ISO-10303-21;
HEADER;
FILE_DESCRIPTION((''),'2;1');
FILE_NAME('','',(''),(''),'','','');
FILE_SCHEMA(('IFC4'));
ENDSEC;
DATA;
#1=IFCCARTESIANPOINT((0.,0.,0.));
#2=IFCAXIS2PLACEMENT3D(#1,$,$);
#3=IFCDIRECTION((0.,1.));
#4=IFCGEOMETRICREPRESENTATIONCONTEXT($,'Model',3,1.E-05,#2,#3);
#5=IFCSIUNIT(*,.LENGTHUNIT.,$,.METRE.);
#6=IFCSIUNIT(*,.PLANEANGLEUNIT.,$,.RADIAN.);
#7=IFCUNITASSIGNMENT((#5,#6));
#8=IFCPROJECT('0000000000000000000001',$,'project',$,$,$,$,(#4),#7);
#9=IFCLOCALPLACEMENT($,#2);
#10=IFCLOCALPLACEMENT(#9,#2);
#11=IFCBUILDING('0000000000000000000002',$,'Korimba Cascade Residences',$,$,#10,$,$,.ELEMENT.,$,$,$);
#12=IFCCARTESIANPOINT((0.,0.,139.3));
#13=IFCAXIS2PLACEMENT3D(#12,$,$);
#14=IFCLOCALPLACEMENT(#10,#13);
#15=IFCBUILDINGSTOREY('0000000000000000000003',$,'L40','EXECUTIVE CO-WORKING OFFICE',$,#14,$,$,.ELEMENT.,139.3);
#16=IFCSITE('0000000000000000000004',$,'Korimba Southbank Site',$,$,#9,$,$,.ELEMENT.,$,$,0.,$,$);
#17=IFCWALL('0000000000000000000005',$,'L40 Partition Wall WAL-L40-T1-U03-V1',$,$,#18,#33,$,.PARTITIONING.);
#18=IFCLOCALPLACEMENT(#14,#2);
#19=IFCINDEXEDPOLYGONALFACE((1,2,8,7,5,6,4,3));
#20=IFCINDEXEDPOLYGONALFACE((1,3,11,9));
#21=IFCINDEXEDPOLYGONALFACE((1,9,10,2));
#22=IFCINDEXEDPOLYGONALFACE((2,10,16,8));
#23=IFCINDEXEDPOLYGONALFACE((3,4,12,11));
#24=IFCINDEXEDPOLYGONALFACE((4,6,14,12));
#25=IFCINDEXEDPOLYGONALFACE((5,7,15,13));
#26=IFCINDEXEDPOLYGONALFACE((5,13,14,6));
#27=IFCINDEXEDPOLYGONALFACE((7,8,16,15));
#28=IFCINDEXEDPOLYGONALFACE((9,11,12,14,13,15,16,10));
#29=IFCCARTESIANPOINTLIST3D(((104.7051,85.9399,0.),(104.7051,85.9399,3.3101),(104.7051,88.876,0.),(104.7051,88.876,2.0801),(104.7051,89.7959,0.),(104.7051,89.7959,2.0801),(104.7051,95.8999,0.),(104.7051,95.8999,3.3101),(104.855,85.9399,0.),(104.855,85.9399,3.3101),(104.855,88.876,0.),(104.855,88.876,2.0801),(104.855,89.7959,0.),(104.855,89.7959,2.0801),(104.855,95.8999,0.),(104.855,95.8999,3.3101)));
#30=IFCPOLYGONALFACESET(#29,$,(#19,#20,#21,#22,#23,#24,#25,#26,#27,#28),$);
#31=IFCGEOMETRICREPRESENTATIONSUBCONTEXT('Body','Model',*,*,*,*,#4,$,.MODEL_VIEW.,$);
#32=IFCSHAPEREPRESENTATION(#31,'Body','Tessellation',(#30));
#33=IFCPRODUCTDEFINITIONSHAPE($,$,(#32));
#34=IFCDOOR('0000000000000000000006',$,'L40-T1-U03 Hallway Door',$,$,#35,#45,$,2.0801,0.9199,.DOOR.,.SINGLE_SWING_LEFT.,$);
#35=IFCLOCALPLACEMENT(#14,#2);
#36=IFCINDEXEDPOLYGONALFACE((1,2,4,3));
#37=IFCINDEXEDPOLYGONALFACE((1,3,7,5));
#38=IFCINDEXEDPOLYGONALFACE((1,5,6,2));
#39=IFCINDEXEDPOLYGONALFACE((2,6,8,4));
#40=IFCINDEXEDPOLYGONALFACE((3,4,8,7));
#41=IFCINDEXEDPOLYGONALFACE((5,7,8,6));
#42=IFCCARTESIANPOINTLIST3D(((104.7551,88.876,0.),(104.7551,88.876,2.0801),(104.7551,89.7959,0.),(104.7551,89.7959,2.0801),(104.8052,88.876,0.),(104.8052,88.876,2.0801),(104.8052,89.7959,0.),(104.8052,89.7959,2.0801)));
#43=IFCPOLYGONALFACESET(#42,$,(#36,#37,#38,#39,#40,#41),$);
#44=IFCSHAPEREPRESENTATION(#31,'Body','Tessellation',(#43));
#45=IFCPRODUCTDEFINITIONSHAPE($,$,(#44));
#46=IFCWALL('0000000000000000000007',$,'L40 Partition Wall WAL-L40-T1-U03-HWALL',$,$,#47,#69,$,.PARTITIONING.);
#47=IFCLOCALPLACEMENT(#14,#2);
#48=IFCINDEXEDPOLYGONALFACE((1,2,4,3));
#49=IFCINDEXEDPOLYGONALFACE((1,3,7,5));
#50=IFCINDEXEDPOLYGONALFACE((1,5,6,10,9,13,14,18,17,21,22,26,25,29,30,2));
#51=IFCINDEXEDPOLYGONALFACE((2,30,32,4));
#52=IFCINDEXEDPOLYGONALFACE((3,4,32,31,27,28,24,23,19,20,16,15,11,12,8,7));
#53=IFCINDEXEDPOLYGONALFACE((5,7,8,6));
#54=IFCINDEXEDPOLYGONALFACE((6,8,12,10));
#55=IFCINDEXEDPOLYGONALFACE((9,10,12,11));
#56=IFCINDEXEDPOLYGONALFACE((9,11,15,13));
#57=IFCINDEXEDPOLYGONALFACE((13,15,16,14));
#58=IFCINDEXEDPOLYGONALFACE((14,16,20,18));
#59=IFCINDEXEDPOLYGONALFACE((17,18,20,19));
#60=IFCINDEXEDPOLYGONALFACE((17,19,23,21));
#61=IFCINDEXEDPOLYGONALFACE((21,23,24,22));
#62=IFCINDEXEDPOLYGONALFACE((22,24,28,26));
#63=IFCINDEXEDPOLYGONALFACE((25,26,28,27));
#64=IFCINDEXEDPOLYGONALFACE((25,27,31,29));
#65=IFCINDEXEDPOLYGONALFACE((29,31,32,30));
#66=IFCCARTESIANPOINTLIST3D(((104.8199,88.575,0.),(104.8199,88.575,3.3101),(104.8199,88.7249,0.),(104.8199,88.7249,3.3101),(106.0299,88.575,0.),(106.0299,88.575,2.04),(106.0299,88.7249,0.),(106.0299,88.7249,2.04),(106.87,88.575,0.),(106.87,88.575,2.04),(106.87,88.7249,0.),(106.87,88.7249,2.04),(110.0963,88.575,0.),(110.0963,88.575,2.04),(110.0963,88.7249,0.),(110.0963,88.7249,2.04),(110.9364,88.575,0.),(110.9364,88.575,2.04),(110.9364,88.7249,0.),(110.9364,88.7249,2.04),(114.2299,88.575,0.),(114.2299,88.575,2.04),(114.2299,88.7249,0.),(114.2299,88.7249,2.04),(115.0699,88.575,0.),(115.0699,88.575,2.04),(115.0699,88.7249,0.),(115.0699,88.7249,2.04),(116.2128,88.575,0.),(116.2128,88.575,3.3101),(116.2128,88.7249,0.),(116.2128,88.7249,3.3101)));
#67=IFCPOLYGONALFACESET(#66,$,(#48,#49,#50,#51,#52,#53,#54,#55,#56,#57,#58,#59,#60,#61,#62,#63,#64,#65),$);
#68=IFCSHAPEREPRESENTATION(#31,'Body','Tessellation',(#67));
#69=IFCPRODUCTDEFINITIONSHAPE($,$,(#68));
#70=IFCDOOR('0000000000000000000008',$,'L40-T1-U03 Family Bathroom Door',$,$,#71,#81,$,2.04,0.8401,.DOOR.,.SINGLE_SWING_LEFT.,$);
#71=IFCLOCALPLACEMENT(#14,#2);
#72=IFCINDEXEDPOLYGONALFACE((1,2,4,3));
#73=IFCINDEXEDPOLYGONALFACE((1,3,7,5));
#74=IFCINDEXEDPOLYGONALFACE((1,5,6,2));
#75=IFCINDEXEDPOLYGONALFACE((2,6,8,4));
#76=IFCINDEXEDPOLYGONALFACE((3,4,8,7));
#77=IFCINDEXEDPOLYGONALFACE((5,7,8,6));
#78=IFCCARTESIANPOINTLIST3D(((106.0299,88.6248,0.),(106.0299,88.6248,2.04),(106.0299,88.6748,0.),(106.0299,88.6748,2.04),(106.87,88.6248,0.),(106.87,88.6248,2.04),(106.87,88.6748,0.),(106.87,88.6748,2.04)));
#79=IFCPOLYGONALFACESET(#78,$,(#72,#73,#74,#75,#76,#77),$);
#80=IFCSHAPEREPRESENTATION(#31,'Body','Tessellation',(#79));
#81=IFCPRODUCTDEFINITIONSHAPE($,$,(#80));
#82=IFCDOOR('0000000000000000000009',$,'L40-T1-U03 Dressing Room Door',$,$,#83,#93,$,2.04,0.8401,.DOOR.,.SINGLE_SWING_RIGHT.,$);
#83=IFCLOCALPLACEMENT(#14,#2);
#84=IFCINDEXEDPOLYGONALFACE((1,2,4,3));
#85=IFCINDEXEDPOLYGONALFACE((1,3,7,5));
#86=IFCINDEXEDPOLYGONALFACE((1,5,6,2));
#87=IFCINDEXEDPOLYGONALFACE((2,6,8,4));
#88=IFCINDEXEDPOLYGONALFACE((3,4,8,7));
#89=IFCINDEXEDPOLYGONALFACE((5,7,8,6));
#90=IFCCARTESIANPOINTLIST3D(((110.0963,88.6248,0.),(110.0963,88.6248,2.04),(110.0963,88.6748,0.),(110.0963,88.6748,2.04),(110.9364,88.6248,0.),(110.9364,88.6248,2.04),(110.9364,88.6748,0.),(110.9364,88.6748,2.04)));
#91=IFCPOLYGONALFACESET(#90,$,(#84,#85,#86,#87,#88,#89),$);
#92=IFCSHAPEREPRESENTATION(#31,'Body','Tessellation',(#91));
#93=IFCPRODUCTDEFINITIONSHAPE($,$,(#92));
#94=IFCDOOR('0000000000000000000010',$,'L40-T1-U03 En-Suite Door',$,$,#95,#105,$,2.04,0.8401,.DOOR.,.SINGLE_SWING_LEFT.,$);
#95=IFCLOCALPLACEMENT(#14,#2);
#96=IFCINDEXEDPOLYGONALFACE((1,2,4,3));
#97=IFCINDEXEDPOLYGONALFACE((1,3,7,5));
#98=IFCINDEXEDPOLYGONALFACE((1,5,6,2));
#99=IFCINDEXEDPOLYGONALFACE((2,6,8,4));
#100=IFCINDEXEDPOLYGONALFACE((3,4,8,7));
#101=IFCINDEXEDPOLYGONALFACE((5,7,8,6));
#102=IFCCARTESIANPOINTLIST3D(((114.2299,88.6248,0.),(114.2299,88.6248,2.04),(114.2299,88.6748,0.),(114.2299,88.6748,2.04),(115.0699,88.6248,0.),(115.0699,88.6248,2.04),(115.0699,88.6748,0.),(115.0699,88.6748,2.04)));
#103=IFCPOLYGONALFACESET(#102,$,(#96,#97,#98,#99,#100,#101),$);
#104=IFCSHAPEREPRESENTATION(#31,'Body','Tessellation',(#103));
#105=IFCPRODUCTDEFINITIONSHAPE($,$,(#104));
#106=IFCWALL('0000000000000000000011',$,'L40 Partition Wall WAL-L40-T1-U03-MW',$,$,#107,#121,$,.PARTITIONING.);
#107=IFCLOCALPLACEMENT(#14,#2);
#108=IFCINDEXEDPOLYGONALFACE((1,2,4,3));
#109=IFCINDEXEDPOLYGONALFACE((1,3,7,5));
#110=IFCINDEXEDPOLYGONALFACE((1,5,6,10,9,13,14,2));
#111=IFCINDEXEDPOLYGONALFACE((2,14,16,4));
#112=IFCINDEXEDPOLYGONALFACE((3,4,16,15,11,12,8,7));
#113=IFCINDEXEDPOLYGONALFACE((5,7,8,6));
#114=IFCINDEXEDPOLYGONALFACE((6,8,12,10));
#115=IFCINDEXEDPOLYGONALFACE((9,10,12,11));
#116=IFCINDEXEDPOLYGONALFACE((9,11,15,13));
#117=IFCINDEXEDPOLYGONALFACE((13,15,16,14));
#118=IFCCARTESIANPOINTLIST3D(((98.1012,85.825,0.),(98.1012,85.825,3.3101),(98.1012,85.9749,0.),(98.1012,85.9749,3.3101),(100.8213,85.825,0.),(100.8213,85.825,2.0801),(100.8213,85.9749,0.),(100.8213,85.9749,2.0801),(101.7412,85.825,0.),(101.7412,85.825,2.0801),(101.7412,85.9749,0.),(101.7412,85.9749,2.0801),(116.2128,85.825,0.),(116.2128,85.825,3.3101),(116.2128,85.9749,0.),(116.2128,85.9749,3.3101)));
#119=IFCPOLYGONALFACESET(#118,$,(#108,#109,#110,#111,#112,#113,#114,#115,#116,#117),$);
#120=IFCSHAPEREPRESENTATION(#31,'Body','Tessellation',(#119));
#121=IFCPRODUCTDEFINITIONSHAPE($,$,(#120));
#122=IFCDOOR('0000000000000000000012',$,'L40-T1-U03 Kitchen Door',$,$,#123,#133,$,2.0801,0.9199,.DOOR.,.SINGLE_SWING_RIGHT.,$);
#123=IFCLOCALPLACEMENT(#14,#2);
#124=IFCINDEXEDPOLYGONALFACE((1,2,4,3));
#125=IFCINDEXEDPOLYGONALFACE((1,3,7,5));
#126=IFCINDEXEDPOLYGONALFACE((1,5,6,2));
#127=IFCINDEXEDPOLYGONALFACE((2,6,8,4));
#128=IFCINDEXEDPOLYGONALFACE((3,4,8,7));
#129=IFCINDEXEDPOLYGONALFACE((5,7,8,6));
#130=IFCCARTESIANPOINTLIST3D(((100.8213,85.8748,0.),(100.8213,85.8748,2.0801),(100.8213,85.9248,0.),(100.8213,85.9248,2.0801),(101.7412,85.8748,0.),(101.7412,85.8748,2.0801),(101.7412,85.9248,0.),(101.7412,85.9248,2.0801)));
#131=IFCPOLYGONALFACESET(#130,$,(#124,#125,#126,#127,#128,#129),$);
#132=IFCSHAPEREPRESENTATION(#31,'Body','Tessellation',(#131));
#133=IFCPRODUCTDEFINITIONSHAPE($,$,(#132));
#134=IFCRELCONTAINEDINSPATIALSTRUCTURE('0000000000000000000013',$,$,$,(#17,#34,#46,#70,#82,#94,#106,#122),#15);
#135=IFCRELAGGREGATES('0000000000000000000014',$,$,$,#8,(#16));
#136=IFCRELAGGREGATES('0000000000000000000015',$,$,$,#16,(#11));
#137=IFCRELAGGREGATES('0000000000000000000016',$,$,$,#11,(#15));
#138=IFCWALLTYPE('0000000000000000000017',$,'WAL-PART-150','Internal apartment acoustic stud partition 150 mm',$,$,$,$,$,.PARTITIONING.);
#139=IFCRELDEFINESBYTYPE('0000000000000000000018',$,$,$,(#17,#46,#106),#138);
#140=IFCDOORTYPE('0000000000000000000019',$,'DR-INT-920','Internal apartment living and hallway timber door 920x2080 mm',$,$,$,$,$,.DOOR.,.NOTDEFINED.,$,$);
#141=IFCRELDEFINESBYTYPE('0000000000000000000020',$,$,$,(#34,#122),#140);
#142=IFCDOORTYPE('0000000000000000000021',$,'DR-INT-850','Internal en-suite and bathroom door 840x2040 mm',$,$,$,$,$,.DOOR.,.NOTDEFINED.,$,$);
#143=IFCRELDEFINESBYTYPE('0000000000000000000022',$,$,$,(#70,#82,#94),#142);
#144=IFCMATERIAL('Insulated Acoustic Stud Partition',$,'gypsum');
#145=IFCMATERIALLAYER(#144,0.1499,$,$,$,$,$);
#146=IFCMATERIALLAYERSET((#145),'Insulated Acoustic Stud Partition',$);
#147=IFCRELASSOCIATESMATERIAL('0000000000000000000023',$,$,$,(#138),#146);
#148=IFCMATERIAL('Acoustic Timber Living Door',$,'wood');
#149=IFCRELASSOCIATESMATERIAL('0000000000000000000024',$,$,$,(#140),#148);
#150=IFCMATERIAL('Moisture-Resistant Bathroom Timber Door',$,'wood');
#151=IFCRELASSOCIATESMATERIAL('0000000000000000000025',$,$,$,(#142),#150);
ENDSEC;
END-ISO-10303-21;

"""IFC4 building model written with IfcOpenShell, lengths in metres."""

from ifc_helpers import new_model, si_unit, direction, frame, frame_2d, origin, place, context, subcontext, project, spatial, rectangle, extrude, material, layer, layer_set, type_object, element, fill, save


model = new_model("IFC4")

# Units and contexts
model_context = context("Model", 3, precision=1e-05, world=origin(), true_north=direction((0.0, 1.0)))
body_context = subcontext(model_context, "Body", "Model", "MODEL_VIEW")
ifc_project = project(units=[si_unit("LENGTHUNIT", "METRE"), si_unit("PLANEANGLEUNIT", "RADIAN")], contexts=[model_context])

# Site, building, storey
site_placement = place(None, origin())
site = spatial("IfcSite", under=ifc_project, at=site_placement, Name="Korimba Southbank Site", CompositionType="ELEMENT", RefElevation=0.0)
building_placement = place(site_placement, origin())
building = spatial("IfcBuilding", under=site, at=building_placement, Name="Korimba Cascade Residences", CompositionType="ELEMENT")
storey_placement = place(building_placement, frame((0.0, 0.0, 139.3)))
storey = spatial("IfcBuildingStorey", under=building, at=storey_placement, Name="L40", Description="EXECUTIVE CO-WORKING OFFICE", CompositionType="ELEMENT", Elevation=139.3)

# Shared definitions
ifc_material_1 = material(Name="Insulated Acoustic Stud Partition", Category="gypsum")
ifc_layer = layer(ifc_material_1, 0.1499)
ifc_layer_set = layer_set([ifc_layer], Name="Insulated Acoustic Stud Partition")
wall_type = type_object("IfcWallType", Name="WAL-PART-150", Description="Internal apartment acoustic stud partition 150 mm", PredefinedType="PARTITIONING", material=ifc_layer_set)

# Wall, opening, door
wall_1_placement = place(storey_placement, frame((104.78, 85.9399, 0.0), z_axis=(0.0, 0.0, 1.0), x_axis=(0.0, 1.0, 0.0)))
wall_1 = element("IfcWall", 1, at=wall_1_placement, inside=storey, type_object=wall_type, Name="L40 Partition Wall WAL-L40-T1-U03-V1", PredefinedType="PARTITIONING", context=body_context, shape_type="SweptSolid", body=[
    extrude(rectangle(XDim=9.96, YDim=0.1499, at=frame_2d((4.98, 0.0))), origin(), (0.0, 0.0, 1.0), 3.3101),
])
opening_1_placement = place(wall_1_placement, frame((2.936, 0.0, 0.0)))
opening_1 = element("IfcOpeningElement", 2, at=opening_1_placement, cuts=wall_1, PredefinedType="OPENING", context=body_context, shape_type="SweptSolid", body=[
    extrude(rectangle(XDim=0.9199, YDim=2.0801, at=frame_2d((0.46, 1.04))), frame((0.0, 0.085, 0.0), z_axis=(0.0, -1.0, 0.0), x_axis=(1.0, 0.0, 0.0)), (0.0, 0.0, 1.0), 0.1699),
])
ifc_material_2 = material(Name="Acoustic Timber Living Door", Category="wood")
door_type_1 = type_object("IfcDoorType", Name="DR-INT-920", Description="Internal apartment living and hallway timber door 920x2080 mm", OperationType="NOTDEFINED", PredefinedType="DOOR", material=ifc_material_2)
door_1_placement = place(opening_1_placement, origin())
door_1 = element("IfcDoor", 3, at=door_1_placement, inside=storey, type_object=door_type_1, Name="L40-T1-U03 Hallway Door", OperationType="SINGLE_SWING_LEFT", OverallHeight=2.0801, OverallWidth=0.9199, PredefinedType="DOOR", context=body_context, shape_type="SweptSolid", body=[
    extrude(rectangle(XDim=0.9199, YDim=2.0801, at=frame_2d((0.46, 1.04))), frame((0.0, 0.0249, 0.0), z_axis=(0.0, -1.0, 0.0), x_axis=(1.0, 0.0, 0.0)), (0.0, 0.0, 1.0), 0.05),
])
fill(opening_1, door_1)

# Wall, openings, doors
wall_2_placement = place(storey_placement, frame((104.8201, 88.6499, 0.0), z_axis=(0.0, 0.0, 1.0), x_axis=(1.0, 0.0, 0.0)))
wall_2 = element("IfcWall", 4, at=wall_2_placement, inside=storey, type_object=wall_type, Name="L40 Partition Wall WAL-L40-T1-U03-HWALL", PredefinedType="PARTITIONING", context=body_context, shape_type="SweptSolid", body=[
    extrude(rectangle(XDim=11.3928, YDim=0.1499, at=frame_2d((5.6963, 0.0))), origin(), (0.0, 0.0, 1.0), 3.3101),
])
opening_2_placement = place(wall_2_placement, frame((1.21, 0.0, 0.0)))
opening_2 = element("IfcOpeningElement", 5, at=opening_2_placement, cuts=wall_2, PredefinedType="OPENING", context=body_context, shape_type="SweptSolid", body=[
    extrude(rectangle(XDim=0.8401, YDim=2.04, at=frame_2d((0.4199, 1.02))), frame((0.0, 0.085, 0.0), z_axis=(0.0, -1.0, 0.0), x_axis=(1.0, 0.0, 0.0)), (0.0, 0.0, 1.0), 0.1699),
])
opening_3_placement = place(wall_2_placement, frame((5.2764, 0.0, 0.0)))
opening_3 = element("IfcOpeningElement", 6, at=opening_3_placement, cuts=wall_2, PredefinedType="OPENING", context=body_context, shape_type="SweptSolid", body=[
    extrude(rectangle(XDim=0.8401, YDim=2.04, at=frame_2d((0.4199, 1.02))), frame((0.0, 0.085, 0.0), z_axis=(0.0, -1.0, 0.0), x_axis=(1.0, 0.0, 0.0)), (0.0, 0.0, 1.0), 0.1699),
])
opening_4_placement = place(wall_2_placement, frame((9.4099, 0.0, 0.0)))
opening_4 = element("IfcOpeningElement", 7, at=opening_4_placement, cuts=wall_2, PredefinedType="OPENING", context=body_context, shape_type="SweptSolid", body=[
    extrude(rectangle(XDim=0.8401, YDim=2.04, at=frame_2d((0.4199, 1.02))), frame((0.0, 0.085, 0.0), z_axis=(0.0, -1.0, 0.0), x_axis=(1.0, 0.0, 0.0)), (0.0, 0.0, 1.0), 0.1699),
])
ifc_material_3 = material(Name="Moisture-Resistant Bathroom Timber Door", Category="wood")
door_type_2 = type_object("IfcDoorType", Name="DR-INT-850", Description="Internal en-suite and bathroom door 840x2040 mm", OperationType="NOTDEFINED", PredefinedType="DOOR", material=ifc_material_3)
door_2_placement = place(opening_2_placement, origin())
door_2 = element("IfcDoor", 8, at=door_2_placement, inside=storey, type_object=door_type_2, Name="L40-T1-U03 Family Bathroom Door", OperationType="SINGLE_SWING_LEFT", OverallHeight=2.04, OverallWidth=0.8401, PredefinedType="DOOR", context=body_context, shape_type="SweptSolid", body=[
    extrude(rectangle(XDim=0.8401, YDim=2.04, at=frame_2d((0.4199, 1.02))), frame((0.0, 0.0249, 0.0), z_axis=(0.0, -1.0, 0.0), x_axis=(1.0, 0.0, 0.0)), (0.0, 0.0, 1.0), 0.05),
])
fill(opening_2, door_2)
door_3_placement = place(opening_3_placement, origin())
door_3 = element("IfcDoor", 9, at=door_3_placement, inside=storey, type_object=door_type_2, Name="L40-T1-U03 Dressing Room Door", OperationType="SINGLE_SWING_RIGHT", OverallHeight=2.04, OverallWidth=0.8401, PredefinedType="DOOR", context=body_context, shape_type="SweptSolid", body=[
    extrude(rectangle(XDim=0.8401, YDim=2.04, at=frame_2d((0.4199, 1.02))), frame((0.0, 0.0249, 0.0), z_axis=(0.0, -1.0, 0.0), x_axis=(1.0, 0.0, 0.0)), (0.0, 0.0, 1.0), 0.05),
])
fill(opening_3, door_3)
door_4_placement = place(opening_4_placement, origin())
door_4 = element("IfcDoor", 10, at=door_4_placement, inside=storey, type_object=door_type_2, Name="L40-T1-U03 En-Suite Door", OperationType="SINGLE_SWING_LEFT", OverallHeight=2.04, OverallWidth=0.8401, PredefinedType="DOOR", context=body_context, shape_type="SweptSolid", body=[
    extrude(rectangle(XDim=0.8401, YDim=2.04, at=frame_2d((0.4199, 1.02))), frame((0.0, 0.0249, 0.0), z_axis=(0.0, -1.0, 0.0), x_axis=(1.0, 0.0, 0.0)), (0.0, 0.0, 1.0), 0.05),
])
fill(opening_4, door_4)

# Wall, opening, door
wall_3_placement = place(storey_placement, frame((98.1013, 85.8999, 0.0), z_axis=(0.0, 0.0, 1.0), x_axis=(1.0, 0.0, 0.0)))
wall_3 = element("IfcWall", 11, at=wall_3_placement, inside=storey, type_object=wall_type, Name="L40 Partition Wall WAL-L40-T1-U03-MW", PredefinedType="PARTITIONING", context=body_context, shape_type="SweptSolid", body=[
    extrude(rectangle(XDim=18.1116, YDim=0.1499, at=frame_2d((9.0557, 0.0))), origin(), (0.0, 0.0, 1.0), 3.3101),
])
opening_5_placement = place(wall_3_placement, frame((2.72, 0.0, 0.0)))
opening_5 = element("IfcOpeningElement", 12, at=opening_5_placement, cuts=wall_3, PredefinedType="OPENING", context=body_context, shape_type="SweptSolid", body=[
    extrude(rectangle(XDim=0.9199, YDim=2.0801, at=frame_2d((0.46, 1.04))), frame((0.0, 0.085, 0.0), z_axis=(0.0, -1.0, 0.0), x_axis=(1.0, 0.0, 0.0)), (0.0, 0.0, 1.0), 0.1699),
])
door_5_placement = place(opening_5_placement, origin())
door_5 = element("IfcDoor", 13, at=door_5_placement, inside=storey, type_object=door_type_1, Name="L40-T1-U03 Kitchen Door", OperationType="SINGLE_SWING_RIGHT", OverallHeight=2.0801, OverallWidth=0.9199, PredefinedType="DOOR", context=body_context, shape_type="SweptSolid", body=[
    extrude(rectangle(XDim=0.9199, YDim=2.0801, at=frame_2d((0.46, 1.04))), frame((0.0, 0.0249, 0.0), z_axis=(0.0, -1.0, 0.0), x_axis=(1.0, 0.0, 0.0)), (0.0, 0.0, 1.0), 0.05),
])
fill(opening_5, door_5)

save(model, "model.ifc")
